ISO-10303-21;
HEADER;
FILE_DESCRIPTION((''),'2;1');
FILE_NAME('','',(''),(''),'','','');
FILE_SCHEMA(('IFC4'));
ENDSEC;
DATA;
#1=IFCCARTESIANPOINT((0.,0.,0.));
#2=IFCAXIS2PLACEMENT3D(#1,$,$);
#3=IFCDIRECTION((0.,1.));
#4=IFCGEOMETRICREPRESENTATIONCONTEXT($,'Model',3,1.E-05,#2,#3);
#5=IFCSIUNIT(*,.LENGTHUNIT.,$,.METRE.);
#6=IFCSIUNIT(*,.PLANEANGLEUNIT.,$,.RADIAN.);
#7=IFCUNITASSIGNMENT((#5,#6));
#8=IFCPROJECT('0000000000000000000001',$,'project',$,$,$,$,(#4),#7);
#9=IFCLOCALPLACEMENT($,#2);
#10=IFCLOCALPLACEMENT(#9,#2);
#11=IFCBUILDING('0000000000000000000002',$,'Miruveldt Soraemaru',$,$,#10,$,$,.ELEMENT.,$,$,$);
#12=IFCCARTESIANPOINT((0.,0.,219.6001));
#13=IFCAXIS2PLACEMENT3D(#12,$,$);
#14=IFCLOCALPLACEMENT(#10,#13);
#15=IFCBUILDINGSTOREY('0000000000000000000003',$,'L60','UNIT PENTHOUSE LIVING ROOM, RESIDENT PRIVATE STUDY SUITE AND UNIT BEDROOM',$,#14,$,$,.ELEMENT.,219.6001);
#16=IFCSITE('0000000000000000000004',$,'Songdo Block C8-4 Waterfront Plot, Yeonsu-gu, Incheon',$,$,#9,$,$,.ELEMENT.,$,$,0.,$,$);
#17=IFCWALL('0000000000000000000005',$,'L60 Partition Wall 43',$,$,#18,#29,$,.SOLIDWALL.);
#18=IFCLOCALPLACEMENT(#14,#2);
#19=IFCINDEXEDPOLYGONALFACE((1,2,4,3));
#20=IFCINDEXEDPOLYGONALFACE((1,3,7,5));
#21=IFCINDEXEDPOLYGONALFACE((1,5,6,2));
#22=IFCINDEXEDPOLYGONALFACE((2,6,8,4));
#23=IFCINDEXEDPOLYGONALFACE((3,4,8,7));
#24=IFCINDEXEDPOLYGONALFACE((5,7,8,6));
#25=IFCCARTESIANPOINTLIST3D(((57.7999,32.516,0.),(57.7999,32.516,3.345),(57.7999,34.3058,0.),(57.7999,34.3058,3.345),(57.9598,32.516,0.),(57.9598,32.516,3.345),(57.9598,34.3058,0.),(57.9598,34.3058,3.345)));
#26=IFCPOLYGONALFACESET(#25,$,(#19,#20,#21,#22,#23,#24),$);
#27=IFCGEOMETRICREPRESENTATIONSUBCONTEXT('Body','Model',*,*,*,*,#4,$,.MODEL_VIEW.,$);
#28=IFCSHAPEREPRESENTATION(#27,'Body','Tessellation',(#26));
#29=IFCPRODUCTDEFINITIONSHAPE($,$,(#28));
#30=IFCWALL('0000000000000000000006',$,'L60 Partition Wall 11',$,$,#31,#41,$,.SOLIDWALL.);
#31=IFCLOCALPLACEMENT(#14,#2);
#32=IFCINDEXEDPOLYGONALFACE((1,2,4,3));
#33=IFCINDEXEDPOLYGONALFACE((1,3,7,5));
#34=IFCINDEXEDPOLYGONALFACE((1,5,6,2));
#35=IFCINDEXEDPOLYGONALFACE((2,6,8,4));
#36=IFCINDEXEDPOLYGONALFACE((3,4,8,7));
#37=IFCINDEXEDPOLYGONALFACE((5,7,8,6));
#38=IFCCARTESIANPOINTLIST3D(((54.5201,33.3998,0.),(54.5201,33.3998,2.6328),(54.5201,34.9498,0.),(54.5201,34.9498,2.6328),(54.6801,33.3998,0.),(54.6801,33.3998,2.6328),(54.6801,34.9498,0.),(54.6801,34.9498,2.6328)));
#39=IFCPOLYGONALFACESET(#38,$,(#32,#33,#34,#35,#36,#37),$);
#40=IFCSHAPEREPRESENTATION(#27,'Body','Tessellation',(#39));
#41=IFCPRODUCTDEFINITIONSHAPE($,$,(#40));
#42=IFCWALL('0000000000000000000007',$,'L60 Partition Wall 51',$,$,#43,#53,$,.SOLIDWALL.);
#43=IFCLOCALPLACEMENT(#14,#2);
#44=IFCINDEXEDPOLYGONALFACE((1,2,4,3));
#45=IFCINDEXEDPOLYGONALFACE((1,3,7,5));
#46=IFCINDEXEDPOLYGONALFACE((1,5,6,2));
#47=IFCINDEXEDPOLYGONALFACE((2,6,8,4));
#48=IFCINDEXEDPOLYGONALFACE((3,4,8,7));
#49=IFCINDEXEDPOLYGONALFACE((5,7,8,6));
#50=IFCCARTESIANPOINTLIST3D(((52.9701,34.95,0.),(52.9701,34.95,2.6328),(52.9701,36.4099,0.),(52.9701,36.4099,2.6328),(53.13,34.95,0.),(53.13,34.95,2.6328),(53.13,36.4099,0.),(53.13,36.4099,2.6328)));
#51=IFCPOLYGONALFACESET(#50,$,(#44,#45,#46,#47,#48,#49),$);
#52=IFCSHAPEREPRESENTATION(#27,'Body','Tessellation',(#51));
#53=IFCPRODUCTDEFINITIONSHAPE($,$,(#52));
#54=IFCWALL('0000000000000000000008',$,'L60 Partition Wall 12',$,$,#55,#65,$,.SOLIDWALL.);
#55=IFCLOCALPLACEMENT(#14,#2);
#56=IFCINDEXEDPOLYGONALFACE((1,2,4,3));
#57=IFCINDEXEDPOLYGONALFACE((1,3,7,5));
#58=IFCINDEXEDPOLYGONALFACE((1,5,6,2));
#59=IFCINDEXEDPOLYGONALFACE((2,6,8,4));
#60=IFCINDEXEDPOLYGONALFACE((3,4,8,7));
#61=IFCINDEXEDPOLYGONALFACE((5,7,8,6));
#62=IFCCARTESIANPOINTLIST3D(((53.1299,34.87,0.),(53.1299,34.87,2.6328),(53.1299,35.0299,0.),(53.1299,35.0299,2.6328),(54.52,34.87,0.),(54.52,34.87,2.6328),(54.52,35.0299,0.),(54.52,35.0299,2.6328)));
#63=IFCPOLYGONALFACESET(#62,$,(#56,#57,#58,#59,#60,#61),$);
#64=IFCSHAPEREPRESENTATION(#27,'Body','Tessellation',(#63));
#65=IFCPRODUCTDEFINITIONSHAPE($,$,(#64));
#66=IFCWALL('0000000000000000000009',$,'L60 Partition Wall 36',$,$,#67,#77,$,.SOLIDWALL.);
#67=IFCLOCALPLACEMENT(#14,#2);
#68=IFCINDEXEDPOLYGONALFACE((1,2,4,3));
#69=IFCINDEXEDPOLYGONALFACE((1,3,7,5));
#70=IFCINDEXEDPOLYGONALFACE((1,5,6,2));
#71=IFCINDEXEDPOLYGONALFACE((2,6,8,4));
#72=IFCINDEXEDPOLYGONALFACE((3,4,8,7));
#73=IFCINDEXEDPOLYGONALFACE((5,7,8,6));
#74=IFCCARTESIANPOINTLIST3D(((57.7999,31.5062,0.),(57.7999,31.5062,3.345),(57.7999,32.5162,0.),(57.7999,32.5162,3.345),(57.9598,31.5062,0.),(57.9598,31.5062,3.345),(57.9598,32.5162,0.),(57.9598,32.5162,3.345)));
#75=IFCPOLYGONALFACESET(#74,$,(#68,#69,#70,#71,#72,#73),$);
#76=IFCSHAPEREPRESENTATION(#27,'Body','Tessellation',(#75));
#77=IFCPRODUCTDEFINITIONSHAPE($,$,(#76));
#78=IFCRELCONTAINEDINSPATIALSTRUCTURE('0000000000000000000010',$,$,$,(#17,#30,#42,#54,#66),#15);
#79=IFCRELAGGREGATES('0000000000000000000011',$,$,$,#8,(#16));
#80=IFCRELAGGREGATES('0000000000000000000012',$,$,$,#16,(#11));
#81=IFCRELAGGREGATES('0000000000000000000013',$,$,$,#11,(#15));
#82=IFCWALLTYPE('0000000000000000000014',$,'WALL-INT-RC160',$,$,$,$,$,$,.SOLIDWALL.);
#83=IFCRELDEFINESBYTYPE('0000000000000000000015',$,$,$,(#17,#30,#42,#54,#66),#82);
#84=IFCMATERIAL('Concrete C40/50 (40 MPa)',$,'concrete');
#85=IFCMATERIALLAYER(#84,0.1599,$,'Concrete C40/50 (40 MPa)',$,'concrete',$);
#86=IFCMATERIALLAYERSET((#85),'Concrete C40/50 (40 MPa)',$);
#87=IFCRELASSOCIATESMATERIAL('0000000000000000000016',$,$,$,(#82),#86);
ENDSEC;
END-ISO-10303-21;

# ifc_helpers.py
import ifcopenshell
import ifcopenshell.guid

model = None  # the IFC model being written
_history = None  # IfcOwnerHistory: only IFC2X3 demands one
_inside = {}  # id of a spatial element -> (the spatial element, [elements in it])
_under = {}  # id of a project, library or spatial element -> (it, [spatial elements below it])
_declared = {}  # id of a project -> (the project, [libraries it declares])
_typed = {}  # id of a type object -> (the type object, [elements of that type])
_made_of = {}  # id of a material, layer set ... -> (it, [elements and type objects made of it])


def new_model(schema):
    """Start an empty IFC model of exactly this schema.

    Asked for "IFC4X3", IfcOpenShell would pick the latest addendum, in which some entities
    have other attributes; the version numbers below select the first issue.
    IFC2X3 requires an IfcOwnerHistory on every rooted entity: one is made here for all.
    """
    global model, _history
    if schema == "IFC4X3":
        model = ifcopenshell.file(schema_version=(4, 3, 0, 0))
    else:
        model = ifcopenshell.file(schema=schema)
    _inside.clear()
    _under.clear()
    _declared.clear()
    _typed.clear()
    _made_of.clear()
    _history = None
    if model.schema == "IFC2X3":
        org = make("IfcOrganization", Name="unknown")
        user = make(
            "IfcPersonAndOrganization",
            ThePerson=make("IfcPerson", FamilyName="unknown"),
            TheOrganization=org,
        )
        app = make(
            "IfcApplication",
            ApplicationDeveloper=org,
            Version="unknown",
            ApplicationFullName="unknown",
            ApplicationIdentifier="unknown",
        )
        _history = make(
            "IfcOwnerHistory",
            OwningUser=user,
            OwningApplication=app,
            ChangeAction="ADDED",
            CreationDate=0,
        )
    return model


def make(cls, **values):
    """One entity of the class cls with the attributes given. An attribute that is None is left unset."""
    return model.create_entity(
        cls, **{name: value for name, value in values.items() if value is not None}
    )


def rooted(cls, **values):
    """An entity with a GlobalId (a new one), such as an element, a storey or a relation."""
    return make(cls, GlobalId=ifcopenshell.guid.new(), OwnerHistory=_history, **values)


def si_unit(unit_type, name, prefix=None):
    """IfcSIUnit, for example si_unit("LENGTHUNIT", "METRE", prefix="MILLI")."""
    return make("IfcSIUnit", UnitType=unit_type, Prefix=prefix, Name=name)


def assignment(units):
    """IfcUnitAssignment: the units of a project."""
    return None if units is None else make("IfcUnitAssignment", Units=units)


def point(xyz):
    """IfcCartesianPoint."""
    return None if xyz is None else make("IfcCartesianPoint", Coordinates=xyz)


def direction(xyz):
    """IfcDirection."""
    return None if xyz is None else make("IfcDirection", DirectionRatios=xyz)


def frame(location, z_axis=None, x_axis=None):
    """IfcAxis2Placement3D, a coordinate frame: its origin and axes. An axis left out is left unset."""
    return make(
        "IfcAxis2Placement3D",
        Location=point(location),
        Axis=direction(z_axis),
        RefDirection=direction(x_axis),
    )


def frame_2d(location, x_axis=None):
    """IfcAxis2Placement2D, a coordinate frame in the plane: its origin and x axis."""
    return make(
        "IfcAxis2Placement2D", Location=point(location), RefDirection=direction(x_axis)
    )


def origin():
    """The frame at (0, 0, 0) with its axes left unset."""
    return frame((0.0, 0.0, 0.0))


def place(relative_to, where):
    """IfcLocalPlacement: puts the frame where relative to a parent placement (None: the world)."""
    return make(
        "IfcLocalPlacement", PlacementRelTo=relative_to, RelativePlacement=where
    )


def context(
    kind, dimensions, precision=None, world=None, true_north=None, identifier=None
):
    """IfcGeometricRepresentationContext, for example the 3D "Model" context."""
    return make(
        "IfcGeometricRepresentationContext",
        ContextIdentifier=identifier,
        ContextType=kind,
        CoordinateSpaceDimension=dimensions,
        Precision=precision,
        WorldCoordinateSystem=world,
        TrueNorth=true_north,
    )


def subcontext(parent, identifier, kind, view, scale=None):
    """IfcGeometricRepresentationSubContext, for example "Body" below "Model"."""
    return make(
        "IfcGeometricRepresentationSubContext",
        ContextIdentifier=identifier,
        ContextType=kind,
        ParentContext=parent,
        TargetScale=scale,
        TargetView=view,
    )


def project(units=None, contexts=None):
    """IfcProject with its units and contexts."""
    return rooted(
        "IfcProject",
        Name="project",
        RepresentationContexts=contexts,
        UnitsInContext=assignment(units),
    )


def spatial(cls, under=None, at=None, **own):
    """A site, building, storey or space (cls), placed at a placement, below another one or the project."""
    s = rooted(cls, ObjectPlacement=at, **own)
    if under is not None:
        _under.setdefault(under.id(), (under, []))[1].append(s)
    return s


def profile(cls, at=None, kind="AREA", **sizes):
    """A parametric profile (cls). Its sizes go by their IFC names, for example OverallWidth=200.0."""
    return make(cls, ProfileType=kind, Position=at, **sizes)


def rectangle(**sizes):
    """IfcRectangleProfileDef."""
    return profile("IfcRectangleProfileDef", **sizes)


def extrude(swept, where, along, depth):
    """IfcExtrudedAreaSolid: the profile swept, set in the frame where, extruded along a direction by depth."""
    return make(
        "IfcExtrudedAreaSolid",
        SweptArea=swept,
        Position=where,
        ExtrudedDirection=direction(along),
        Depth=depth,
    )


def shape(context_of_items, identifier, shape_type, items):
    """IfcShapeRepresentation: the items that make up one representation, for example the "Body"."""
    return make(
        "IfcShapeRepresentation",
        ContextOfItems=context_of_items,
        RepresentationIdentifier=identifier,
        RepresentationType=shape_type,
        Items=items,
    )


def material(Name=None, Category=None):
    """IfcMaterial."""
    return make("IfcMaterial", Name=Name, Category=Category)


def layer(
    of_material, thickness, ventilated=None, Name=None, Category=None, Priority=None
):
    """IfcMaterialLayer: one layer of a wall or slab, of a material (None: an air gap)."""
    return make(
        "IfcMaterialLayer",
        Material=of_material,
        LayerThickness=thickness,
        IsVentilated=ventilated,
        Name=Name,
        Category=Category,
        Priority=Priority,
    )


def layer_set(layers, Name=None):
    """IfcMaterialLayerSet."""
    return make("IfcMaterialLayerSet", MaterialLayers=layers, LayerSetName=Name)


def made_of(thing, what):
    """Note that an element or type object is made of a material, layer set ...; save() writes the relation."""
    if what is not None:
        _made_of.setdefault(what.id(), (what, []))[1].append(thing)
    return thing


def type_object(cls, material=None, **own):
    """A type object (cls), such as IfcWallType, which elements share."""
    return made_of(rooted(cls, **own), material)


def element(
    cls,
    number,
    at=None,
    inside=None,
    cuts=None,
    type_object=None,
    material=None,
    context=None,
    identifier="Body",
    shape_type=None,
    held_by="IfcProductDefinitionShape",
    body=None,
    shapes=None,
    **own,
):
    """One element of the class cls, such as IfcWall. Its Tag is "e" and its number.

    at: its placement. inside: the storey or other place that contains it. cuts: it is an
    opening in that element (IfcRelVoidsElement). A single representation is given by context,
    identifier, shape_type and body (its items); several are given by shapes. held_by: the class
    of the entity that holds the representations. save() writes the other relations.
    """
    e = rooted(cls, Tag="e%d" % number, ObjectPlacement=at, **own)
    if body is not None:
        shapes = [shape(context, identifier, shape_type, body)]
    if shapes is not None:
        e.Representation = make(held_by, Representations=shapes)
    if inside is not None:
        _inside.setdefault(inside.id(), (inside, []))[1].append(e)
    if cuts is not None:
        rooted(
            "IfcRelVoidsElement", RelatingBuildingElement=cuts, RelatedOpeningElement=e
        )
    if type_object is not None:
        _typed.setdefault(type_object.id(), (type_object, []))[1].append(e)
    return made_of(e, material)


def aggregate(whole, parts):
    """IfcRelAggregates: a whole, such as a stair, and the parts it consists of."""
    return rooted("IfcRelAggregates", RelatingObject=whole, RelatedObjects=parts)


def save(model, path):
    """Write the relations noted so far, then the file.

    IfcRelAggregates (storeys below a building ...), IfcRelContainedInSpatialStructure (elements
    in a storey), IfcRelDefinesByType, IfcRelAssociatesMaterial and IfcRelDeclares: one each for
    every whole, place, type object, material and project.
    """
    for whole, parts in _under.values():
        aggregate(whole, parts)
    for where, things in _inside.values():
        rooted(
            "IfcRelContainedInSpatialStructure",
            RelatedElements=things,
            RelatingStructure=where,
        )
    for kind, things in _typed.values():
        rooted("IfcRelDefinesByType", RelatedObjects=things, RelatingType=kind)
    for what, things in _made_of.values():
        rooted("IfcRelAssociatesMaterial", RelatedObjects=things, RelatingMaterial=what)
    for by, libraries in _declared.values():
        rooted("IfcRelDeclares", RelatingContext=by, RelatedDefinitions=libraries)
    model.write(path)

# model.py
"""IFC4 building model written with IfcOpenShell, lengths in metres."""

from ifc_helpers import new_model, si_unit, direction, frame, frame_2d, origin, place, context, subcontext, project, spatial, rectangle, extrude, material, layer, layer_set, type_object, element, save


model = new_model("IFC4")

# Units and contexts
model_context = context("Model", 3, precision=1e-05, world=origin(), true_north=direction((0.0, 1.0)))
body_context = subcontext(model_context, "Body", "Model", "MODEL_VIEW")
ifc_project = project(units=[si_unit("LENGTHUNIT", "METRE"), si_unit("PLANEANGLEUNIT", "RADIAN")], contexts=[model_context])

# Site, building, storey
site_placement = place(None, origin())
site = spatial("IfcSite", under=ifc_project, at=site_placement, Name="Songdo Block C8-4 Waterfront Plot, Yeonsu-gu, Incheon", CompositionType="ELEMENT", RefElevation=0.0)
building_placement = place(site_placement, origin())
building = spatial("IfcBuilding", under=site, at=building_placement, Name="Miruveldt Soraemaru", CompositionType="ELEMENT")
storey_placement = place(building_placement, frame((0.0, 0.0, 219.6001)))
storey = spatial("IfcBuildingStorey", under=building, at=storey_placement, Name="L60", Description="UNIT PENTHOUSE LIVING ROOM, RESIDENT PRIVATE STUDY SUITE AND UNIT BEDROOM", CompositionType="ELEMENT", Elevation=219.6001)

# Shared definitions
ifc_material_1 = material(Name="Concrete C40/50 (40 MPa)", Category="concrete")
ifc_layer_1 = layer(ifc_material_1, 0.1599, Name="Concrete C40/50 (40 MPa)", Category="concrete")
ifc_layer_set_1 = layer_set([ifc_layer_1], Name="Concrete C40/50 (40 MPa)")
wall_type_1 = type_object("IfcWallType", Name="WALL-INT-RC160", PredefinedType="SOLIDWALL", material=ifc_layer_set_1)

# Walls
wall_1_placement = place(storey_placement, frame((57.8799, 34.3059, 0.0), z_axis=(0.0, 0.0, 1.0), x_axis=(0.0, -1.0, 0.0)))
element("IfcWall", 1, at=wall_1_placement, inside=storey, type_object=wall_type_1, Name="L60 Partition Wall 43", PredefinedType="SOLIDWALL", context=body_context, shape_type="SweptSolid", body=[
    extrude(rectangle(XDim=1.7898, YDim=0.1599, at=frame_2d((0.895, 0.0))), origin(), (0.0, 0.0, 1.0), 3.345),
])
wall_2_placement = place(storey_placement, frame((54.6001, 33.3999, 0.0), z_axis=(0.0, 0.0, 1.0), x_axis=(0.0, 1.0, 0.0)))
element("IfcWall", 2, at=wall_2_placement, inside=storey, type_object=wall_type_1, Name="L60 Partition Wall 11", PredefinedType="SOLIDWALL", context=body_context, shape_type="SweptSolid", body=[
    extrude(rectangle(XDim=1.55, YDim=0.1599, at=frame_2d((0.7749, 0.0))), origin(), (0.0, 0.0, 1.0), 2.6328),
])
wall_3_placement = place(storey_placement, frame((53.05, 34.95, 0.0), z_axis=(0.0, 0.0, 1.0), x_axis=(0.0, 1.0, 0.0)))
element("IfcWall", 3, at=wall_3_placement, inside=storey, type_object=wall_type_1, Name="L60 Partition Wall 51", PredefinedType="SOLIDWALL", context=body_context, shape_type="SweptSolid", body=[
    extrude(rectangle(XDim=1.46, YDim=0.1599, at=frame_2d((0.73, 0.0))), origin(), (0.0, 0.0, 1.0), 2.6328),
])
wall_4_placement = place(storey_placement, frame((54.52, 34.95, 0.0), z_axis=(0.0, 0.0, 1.0), x_axis=(-1.0, 0.0, 0.0)))
element("IfcWall", 4, at=wall_4_placement, inside=storey, type_object=wall_type_1, Name="L60 Partition Wall 12", PredefinedType="SOLIDWALL", context=body_context, shape_type="SweptSolid", body=[
    extrude(rectangle(XDim=1.3901, YDim=0.1599, at=frame_2d((0.6951, 0.0))), origin(), (0.0, 0.0, 1.0), 2.6328),
])
wall_5_placement = place(storey_placement, frame((57.8799, 32.5161, 0.0), z_axis=(0.0, 0.0, 1.0), x_axis=(0.0, -1.0, 0.0)))
element("IfcWall", 5, at=wall_5_placement, inside=storey, type_object=wall_type_1, Name="L60 Partition Wall 36", PredefinedType="SOLIDWALL", context=body_context, shape_type="SweptSolid", body=[
    extrude(rectangle(XDim=1.01, YDim=0.1599, at=frame_2d((0.5049, 0.0))), origin(), (0.0, 0.0, 1.0), 3.345),
])

save(model, "model.ifc")
